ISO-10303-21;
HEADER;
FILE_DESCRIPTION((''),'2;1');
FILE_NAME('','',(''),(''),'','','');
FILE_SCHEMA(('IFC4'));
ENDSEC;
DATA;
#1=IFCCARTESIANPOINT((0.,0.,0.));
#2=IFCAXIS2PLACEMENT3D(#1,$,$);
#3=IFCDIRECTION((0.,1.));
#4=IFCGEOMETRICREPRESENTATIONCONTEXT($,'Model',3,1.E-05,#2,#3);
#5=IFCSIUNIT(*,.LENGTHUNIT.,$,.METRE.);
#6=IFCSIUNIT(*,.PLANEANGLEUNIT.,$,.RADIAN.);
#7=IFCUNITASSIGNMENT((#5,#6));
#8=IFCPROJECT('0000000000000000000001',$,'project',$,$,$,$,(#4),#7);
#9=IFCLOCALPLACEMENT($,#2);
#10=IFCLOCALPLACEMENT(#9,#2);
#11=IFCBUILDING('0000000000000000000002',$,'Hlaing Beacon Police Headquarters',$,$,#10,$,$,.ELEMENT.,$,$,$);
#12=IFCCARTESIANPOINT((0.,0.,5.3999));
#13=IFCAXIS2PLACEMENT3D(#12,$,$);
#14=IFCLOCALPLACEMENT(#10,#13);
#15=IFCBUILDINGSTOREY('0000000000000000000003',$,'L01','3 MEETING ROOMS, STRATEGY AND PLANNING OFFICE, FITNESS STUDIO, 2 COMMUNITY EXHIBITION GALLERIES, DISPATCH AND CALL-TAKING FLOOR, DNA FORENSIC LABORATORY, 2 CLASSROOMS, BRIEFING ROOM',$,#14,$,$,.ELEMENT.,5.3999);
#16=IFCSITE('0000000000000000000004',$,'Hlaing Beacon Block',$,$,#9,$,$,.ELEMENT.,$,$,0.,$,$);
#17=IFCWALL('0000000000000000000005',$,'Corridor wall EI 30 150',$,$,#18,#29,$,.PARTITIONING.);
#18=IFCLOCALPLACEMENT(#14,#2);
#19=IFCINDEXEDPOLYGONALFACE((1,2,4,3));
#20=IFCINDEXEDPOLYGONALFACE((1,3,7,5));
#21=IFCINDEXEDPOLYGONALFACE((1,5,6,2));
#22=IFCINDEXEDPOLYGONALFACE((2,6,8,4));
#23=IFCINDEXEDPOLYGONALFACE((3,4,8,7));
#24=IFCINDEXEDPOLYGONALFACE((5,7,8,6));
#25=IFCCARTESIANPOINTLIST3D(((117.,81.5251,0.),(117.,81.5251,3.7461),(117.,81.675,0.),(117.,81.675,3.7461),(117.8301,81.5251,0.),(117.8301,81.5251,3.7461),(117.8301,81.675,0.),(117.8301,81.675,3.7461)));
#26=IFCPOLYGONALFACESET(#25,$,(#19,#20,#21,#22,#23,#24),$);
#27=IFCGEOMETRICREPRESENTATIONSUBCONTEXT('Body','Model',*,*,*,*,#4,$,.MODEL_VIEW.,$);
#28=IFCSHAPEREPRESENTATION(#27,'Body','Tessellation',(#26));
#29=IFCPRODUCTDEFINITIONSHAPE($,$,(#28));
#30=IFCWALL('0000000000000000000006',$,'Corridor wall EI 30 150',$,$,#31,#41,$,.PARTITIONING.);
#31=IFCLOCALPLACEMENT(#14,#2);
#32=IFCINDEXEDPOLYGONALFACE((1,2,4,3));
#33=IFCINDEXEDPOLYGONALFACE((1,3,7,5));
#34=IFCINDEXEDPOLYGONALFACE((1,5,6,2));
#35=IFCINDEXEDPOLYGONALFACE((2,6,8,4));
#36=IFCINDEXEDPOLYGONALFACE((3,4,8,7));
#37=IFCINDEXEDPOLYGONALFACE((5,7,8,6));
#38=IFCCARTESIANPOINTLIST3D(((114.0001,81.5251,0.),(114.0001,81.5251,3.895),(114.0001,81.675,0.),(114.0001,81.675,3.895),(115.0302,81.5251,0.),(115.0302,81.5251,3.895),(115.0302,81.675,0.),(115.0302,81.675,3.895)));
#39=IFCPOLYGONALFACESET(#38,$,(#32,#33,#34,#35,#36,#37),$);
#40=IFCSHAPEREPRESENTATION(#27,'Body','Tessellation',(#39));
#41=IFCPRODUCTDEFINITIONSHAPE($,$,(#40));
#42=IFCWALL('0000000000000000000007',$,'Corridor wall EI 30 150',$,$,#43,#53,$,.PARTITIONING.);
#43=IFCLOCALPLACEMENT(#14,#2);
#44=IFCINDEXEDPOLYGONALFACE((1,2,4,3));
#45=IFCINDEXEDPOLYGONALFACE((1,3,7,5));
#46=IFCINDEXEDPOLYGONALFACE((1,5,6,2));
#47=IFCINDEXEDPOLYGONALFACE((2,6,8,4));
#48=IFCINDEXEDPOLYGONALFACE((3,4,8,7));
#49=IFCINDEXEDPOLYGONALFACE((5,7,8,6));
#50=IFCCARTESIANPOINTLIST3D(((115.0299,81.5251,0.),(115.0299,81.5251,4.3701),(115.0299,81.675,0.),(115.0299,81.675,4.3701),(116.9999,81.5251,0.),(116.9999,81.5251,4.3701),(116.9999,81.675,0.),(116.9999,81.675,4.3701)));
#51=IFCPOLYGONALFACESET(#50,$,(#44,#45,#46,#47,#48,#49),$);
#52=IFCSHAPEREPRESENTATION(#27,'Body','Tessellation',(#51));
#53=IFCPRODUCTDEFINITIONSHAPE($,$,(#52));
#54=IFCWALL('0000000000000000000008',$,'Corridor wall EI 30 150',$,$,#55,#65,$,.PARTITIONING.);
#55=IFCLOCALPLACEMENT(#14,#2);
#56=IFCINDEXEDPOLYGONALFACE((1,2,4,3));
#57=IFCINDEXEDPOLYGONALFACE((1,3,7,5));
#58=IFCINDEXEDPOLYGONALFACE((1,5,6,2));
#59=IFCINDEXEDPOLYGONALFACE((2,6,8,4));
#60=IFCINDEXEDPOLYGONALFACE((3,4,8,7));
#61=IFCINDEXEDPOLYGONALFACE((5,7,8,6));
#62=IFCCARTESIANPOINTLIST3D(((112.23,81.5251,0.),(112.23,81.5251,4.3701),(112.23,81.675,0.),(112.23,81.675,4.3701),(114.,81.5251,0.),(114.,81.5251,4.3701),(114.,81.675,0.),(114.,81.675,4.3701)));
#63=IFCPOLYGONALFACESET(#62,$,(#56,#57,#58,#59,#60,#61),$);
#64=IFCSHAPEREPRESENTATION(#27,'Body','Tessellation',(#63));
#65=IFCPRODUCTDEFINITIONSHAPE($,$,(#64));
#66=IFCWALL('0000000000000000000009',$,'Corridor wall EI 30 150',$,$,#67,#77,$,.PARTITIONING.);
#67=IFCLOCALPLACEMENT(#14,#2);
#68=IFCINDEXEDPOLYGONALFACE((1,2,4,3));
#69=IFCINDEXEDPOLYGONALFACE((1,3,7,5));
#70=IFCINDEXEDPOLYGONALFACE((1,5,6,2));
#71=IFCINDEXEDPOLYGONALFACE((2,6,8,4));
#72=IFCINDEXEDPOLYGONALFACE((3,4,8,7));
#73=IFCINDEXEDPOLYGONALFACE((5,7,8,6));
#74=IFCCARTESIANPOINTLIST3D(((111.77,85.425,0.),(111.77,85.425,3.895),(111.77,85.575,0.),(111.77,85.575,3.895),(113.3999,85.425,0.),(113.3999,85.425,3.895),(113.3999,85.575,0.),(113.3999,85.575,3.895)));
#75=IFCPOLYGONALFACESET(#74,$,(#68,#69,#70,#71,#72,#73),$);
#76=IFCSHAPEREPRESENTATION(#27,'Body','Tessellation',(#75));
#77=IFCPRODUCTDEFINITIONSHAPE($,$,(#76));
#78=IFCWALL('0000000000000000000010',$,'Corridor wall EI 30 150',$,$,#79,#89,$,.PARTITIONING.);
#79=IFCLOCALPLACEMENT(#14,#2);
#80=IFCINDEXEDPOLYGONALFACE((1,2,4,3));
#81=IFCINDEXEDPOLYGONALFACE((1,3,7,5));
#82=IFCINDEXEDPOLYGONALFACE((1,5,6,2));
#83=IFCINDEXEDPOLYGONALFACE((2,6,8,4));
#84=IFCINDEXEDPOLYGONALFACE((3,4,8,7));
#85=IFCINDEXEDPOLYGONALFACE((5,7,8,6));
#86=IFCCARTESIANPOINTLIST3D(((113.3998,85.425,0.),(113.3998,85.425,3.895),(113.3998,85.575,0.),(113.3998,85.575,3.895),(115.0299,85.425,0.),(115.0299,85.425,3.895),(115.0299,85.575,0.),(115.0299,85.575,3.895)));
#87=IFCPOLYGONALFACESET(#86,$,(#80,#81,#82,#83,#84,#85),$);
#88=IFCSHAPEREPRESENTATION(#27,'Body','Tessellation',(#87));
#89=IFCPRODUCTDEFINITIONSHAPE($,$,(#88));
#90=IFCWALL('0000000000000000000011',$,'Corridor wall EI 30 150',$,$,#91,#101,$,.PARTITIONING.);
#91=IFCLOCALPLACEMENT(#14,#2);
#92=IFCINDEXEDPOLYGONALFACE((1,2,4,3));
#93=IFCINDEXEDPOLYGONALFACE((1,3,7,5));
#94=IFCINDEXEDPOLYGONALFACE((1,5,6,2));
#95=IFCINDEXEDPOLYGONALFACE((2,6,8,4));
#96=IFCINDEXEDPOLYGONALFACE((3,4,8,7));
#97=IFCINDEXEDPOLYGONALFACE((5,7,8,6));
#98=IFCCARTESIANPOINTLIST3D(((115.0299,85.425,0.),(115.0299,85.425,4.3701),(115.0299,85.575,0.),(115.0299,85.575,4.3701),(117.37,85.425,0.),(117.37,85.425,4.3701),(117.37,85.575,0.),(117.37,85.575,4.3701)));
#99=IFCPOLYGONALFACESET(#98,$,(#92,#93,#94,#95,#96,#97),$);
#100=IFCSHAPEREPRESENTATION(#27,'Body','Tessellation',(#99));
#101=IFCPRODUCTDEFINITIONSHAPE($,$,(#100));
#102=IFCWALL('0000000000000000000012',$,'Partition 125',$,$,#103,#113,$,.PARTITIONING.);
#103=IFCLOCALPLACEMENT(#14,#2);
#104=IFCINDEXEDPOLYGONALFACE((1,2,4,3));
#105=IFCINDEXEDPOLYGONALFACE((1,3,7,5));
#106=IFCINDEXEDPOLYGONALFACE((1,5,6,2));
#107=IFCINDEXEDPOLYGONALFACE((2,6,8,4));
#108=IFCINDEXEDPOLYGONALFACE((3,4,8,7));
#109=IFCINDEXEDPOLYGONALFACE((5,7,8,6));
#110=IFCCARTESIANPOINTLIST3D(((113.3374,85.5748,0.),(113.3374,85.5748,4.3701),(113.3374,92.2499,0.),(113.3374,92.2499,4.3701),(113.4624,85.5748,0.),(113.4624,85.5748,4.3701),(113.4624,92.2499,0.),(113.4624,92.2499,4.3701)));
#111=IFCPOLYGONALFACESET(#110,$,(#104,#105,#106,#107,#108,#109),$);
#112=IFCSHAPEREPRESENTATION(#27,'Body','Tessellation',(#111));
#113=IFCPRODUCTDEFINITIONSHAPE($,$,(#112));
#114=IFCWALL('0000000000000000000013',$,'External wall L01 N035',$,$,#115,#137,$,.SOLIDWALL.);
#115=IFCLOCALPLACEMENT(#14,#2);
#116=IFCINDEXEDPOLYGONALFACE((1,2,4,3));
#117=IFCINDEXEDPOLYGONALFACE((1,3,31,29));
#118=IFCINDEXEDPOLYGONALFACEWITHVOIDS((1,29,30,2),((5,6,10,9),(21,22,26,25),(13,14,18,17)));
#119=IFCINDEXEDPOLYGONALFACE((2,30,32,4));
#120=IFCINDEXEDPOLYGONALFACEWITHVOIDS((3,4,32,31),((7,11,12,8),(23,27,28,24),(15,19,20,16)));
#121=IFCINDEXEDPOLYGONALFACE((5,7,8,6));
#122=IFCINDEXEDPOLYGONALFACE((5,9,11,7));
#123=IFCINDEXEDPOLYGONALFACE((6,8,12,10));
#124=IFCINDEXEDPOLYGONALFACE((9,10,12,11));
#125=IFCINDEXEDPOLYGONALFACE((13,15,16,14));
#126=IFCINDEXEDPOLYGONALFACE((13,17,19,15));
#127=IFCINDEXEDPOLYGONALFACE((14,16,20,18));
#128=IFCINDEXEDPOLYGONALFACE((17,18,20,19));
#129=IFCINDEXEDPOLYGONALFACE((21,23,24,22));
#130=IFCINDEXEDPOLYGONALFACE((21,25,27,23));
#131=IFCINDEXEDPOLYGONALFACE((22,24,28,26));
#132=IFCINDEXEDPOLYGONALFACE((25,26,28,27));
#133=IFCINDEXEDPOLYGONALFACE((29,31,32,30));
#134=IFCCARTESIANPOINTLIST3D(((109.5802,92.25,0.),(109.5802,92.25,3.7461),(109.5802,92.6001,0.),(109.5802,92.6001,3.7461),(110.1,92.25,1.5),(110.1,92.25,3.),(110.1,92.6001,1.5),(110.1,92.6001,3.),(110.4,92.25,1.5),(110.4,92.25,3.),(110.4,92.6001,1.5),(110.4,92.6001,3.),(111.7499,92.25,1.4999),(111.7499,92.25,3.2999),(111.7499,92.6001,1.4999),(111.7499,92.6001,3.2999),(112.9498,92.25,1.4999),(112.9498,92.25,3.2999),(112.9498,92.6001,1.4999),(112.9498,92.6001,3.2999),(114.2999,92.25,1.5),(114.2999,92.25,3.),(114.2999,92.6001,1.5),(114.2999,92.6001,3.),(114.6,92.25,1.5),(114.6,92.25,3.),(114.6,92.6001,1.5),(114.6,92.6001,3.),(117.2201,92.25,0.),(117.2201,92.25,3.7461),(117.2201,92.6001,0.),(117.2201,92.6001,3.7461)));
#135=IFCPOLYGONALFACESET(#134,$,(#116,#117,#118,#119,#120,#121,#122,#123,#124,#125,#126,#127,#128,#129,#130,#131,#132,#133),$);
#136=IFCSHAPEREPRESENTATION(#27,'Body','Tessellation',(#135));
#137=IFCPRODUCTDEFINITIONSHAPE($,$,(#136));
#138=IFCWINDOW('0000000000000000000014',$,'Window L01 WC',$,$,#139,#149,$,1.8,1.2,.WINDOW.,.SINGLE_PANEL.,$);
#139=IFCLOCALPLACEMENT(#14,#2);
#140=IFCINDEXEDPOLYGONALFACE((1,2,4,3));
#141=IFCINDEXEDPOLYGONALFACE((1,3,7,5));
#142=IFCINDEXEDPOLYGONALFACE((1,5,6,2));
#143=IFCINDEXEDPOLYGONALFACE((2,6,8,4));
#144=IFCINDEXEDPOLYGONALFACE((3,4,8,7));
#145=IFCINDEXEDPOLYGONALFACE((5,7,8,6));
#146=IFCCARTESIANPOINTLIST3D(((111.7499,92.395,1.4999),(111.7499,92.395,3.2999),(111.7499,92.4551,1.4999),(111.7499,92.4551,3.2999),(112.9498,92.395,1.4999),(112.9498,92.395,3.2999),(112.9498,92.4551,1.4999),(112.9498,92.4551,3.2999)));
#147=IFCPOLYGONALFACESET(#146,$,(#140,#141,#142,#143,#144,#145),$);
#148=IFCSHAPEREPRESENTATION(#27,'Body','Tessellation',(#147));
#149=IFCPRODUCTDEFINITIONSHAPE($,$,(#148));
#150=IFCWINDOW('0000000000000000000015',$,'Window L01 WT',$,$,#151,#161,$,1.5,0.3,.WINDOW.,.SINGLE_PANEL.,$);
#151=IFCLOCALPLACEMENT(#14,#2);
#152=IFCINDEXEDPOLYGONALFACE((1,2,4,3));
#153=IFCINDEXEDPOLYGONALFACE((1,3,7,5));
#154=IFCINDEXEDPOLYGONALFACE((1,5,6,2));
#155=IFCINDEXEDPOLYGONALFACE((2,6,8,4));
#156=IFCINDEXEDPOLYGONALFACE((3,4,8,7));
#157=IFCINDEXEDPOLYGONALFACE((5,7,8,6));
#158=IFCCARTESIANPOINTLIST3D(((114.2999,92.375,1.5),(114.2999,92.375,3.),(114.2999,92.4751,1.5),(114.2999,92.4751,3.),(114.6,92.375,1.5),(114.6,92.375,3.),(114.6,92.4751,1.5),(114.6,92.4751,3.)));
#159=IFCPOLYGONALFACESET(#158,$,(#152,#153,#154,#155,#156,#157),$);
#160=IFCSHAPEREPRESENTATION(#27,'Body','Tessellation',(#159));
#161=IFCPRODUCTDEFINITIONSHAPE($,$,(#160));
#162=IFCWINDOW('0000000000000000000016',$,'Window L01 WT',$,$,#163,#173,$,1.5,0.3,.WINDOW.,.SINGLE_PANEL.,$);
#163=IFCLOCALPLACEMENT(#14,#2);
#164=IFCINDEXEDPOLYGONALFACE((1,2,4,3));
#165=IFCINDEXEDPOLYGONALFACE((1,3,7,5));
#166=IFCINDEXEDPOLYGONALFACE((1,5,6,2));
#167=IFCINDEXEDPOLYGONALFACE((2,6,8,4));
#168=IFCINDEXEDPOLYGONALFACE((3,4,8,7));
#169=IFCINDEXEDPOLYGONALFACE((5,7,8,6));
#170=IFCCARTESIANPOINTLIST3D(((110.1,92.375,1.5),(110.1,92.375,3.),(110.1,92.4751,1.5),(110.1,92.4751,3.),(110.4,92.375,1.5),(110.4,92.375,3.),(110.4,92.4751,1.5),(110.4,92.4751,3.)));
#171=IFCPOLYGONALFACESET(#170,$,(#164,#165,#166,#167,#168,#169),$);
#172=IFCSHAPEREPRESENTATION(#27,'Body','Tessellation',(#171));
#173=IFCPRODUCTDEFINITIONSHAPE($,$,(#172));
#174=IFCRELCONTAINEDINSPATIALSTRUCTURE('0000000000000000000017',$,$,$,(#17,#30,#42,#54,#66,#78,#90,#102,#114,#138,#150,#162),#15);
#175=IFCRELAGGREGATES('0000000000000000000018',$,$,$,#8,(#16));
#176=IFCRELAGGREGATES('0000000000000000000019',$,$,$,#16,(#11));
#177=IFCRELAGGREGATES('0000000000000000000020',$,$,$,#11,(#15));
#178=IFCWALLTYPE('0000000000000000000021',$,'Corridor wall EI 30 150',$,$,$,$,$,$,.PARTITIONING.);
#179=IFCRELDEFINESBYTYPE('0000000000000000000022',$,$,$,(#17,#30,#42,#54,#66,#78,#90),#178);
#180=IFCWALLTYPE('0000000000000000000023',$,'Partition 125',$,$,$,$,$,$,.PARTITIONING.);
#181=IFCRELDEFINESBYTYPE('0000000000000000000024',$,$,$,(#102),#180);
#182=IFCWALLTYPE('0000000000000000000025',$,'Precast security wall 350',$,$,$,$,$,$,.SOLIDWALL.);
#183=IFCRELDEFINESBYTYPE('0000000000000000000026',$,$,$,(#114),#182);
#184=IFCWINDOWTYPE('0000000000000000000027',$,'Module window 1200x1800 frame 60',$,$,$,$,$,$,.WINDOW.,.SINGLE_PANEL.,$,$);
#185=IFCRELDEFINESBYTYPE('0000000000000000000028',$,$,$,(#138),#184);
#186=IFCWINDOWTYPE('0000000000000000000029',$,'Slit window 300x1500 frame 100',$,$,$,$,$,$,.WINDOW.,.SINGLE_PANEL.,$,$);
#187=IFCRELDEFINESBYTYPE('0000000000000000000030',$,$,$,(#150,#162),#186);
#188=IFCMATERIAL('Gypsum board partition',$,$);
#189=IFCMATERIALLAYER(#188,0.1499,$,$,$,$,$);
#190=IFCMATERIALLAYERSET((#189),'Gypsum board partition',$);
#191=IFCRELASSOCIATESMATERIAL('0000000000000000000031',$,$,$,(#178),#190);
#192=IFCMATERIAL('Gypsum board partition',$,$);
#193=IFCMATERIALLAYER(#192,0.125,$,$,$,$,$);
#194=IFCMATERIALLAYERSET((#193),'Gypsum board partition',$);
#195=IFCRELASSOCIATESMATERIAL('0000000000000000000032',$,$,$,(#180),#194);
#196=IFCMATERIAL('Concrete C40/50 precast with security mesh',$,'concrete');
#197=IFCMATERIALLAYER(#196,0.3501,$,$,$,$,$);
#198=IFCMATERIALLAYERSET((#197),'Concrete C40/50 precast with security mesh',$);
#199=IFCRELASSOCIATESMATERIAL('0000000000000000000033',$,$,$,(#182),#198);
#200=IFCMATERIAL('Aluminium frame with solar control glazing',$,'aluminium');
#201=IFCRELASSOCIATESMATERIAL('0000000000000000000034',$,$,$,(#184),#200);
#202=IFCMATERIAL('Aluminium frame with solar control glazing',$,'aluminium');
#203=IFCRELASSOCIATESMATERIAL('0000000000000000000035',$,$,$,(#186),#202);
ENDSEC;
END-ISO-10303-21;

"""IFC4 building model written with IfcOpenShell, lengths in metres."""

from ifc_helpers import new_model, si_unit, direction, frame, frame_2d, origin, place, context, subcontext, project, spatial, rectangle, extrude, material, layer, layer_set, type_object, element, fill, save


model = new_model("IFC4")

# Units and contexts
model_context = context("Model", 3, precision=1e-05, world=origin(), true_north=direction((0.0, 1.0)))
body_context = subcontext(model_context, "Body", "Model", "MODEL_VIEW")
ifc_project = project(units=[si_unit("LENGTHUNIT", "METRE"), si_unit("PLANEANGLEUNIT", "RADIAN")], contexts=[model_context])

# Site, building, storey
site_placement = place(None, origin())
site = spatial("IfcSite", under=ifc_project, at=site_placement, Name="Hlaing Beacon Block", CompositionType="ELEMENT", RefElevation=0.0)
building_placement = place(site_placement, origin())
building = spatial("IfcBuilding", under=site, at=building_placement, Name="Hlaing Beacon Police Headquarters", CompositionType="ELEMENT")
storey_placement = place(building_placement, frame((0.0, 0.0, 5.3999)))
storey = spatial("IfcBuildingStorey", under=building, at=storey_placement, Name="L01", Description="3 MEETING ROOMS, STRATEGY AND PLANNING OFFICE, FITNESS STUDIO, 2 COMMUNITY EXHIBITION GALLERIES, DISPATCH AND CALL-TAKING FLOOR, DNA FORENSIC LABORATORY, 2 CLASSROOMS, BRIEFING ROOM", CompositionType="ELEMENT", Elevation=5.3999)

# Walls
ifc_material_1 = material(Name="Gypsum board partition")
ifc_layer_1 = layer(ifc_material_1, 0.1499)
ifc_layer_set_1 = layer_set([ifc_layer_1], Name="Gypsum board partition")
wall_type_1 = type_object("IfcWallType", Name="Corridor wall EI 30 150", PredefinedType="PARTITIONING", material=ifc_layer_set_1)
wall_1_placement = place(storey_placement, frame((117.0, 81.6001, 0.0), z_axis=(0.0, 0.0, 1.0), x_axis=(1.0, 0.0, 0.0)))
element("IfcWall", 1, at=wall_1_placement, inside=storey, type_object=wall_type_1, Name="Corridor wall EI 30 150", PredefinedType="PARTITIONING", context=body_context, shape_type="SweptSolid", body=[
    extrude(rectangle(XDim=0.8301, YDim=0.1499, at=frame_2d((0.415, 0.0))), origin(), (0.0, 0.0, 1.0), 3.7461),
])
wall_2_placement = place(storey_placement, frame((114.0, 81.6001, 0.0), z_axis=(0.0, 0.0, 1.0), x_axis=(1.0, 0.0, 0.0)))
element("IfcWall", 2, at=wall_2_placement, inside=storey, type_object=wall_type_1, Name="Corridor wall EI 30 150", PredefinedType="PARTITIONING", context=body_context, shape_type="SweptSolid", body=[
    extrude(rectangle(XDim=1.03, YDim=0.1499, at=frame_2d((0.5151, 0.0))), origin(), (0.0, 0.0, 1.0), 3.895),
])
wall_3_placement = place(storey_placement, frame((115.03, 81.6001, 0.0), z_axis=(0.0, 0.0, 1.0), x_axis=(1.0, 0.0, 0.0)))
element("IfcWall", 3, at=wall_3_placement, inside=storey, type_object=wall_type_1, Name="Corridor wall EI 30 150", PredefinedType="PARTITIONING", context=body_context, shape_type="SweptSolid", body=[
    extrude(rectangle(XDim=1.97, YDim=0.1499, at=frame_2d((0.9849, 0.0))), origin(), (0.0, 0.0, 1.0), 4.3701),
])
wall_4_placement = place(storey_placement, frame((112.23, 81.6001, 0.0), z_axis=(0.0, 0.0, 1.0), x_axis=(1.0, 0.0, 0.0)))
element("IfcWall", 4, at=wall_4_placement, inside=storey, type_object=wall_type_1, Name="Corridor wall EI 30 150", PredefinedType="PARTITIONING", context=body_context, shape_type="SweptSolid", body=[
    extrude(rectangle(XDim=1.77, YDim=0.1499, at=frame_2d((0.885, 0.0))), origin(), (0.0, 0.0, 1.0), 4.3701),
])
wall_5_placement = place(storey_placement, frame((111.77, 85.5, 0.0), z_axis=(0.0, 0.0, 1.0), x_axis=(1.0, 0.0, 0.0)))
element("IfcWall", 5, at=wall_5_placement, inside=storey, type_object=wall_type_1, Name="Corridor wall EI 30 150", PredefinedType="PARTITIONING", context=body_context, shape_type="SweptSolid", body=[
    extrude(rectangle(XDim=1.6299, YDim=0.1499, at=frame_2d((0.8149, 0.0))), origin(), (0.0, 0.0, 1.0), 3.895),
])
wall_6_placement = place(storey_placement, frame((113.3999, 85.5, 0.0), z_axis=(0.0, 0.0, 1.0), x_axis=(1.0, 0.0, 0.0)))
element("IfcWall", 6, at=wall_6_placement, inside=storey, type_object=wall_type_1, Name="Corridor wall EI 30 150", PredefinedType="PARTITIONING", context=body_context, shape_type="SweptSolid", body=[
    extrude(rectangle(XDim=1.6301, YDim=0.1499, at=frame_2d((0.8149, 0.0))), origin(), (0.0, 0.0, 1.0), 3.895),
])
wall_7_placement = place(storey_placement, frame((115.03, 85.5, 0.0), z_axis=(0.0, 0.0, 1.0), x_axis=(1.0, 0.0, 0.0)))
element("IfcWall", 7, at=wall_7_placement, inside=storey, type_object=wall_type_1, Name="Corridor wall EI 30 150", PredefinedType="PARTITIONING", context=body_context, shape_type="SweptSolid", body=[
    extrude(rectangle(XDim=2.3401, YDim=0.1499, at=frame_2d((1.1699, 0.0))), origin(), (0.0, 0.0, 1.0), 4.3701),
])
ifc_material_2 = material(Name="Gypsum board partition")
ifc_layer_2 = layer(ifc_material_2, 0.125)
ifc_layer_set_2 = layer_set([ifc_layer_2], Name="Gypsum board partition")
wall_type_2 = type_object("IfcWallType", Name="Partition 125", PredefinedType="PARTITIONING", material=ifc_layer_set_2)
wall_8_placement = place(storey_placement, frame((113.3999, 85.575, 0.0), z_axis=(0.0, 0.0, 1.0), x_axis=(0.0, 1.0, 0.0)))
element("IfcWall", 8, at=wall_8_placement, inside=storey, type_object=wall_type_2, Name="Partition 125", PredefinedType="PARTITIONING", context=body_context, shape_type="SweptSolid", body=[
    extrude(rectangle(XDim=6.675, YDim=0.125, at=frame_2d((3.3374, 0.0))), origin(), (0.0, 0.0, 1.0), 4.3701),
])

# Wall, openings, windows
ifc_material_3 = material(Name="Concrete C40/50 precast with security mesh", Category="concrete")
ifc_layer_3 = layer(ifc_material_3, 0.3501)
ifc_layer_set_3 = layer_set([ifc_layer_3], Name="Concrete C40/50 precast with security mesh")
wall_type_3 = type_object("IfcWallType", Name="Precast security wall 350", PredefinedType="SOLIDWALL", material=ifc_layer_set_3)
wall_9_placement = place(storey_placement, frame((117.22, 92.425, 0.0), z_axis=(0.0, 0.0, 1.0), x_axis=(-1.0, 0.0, 0.0)))
wall_9 = element("IfcWall", 9, at=wall_9_placement, inside=storey, type_object=wall_type_3, Name="External wall L01 N035", PredefinedType="SOLIDWALL", context=body_context, shape_type="SweptSolid", body=[
    extrude(rectangle(XDim=7.6399, YDim=0.3501, at=frame_2d((3.8198, 0.0))), origin(), (0.0, 0.0, 1.0), 3.7461),
])
opening_1_placement = place(wall_9_placement, frame((2.6201, 0.0, 1.5)))
opening_1 = element("IfcOpeningElement", 10, at=opening_1_placement, cuts=wall_9, PredefinedType="OPENING", context=body_context, shape_type="SweptSolid", body=[
    extrude(rectangle(XDim=0.3, YDim=1.5, at=frame_2d((0.1499, 0.75))), frame((0.0, 0.1851, 0.0), z_axis=(0.0, -1.0, 0.0), x_axis=(1.0, 0.0, 0.0)), (0.0, 0.0, 1.0), 0.3701),
])
opening_2_placement = place(wall_9_placement, frame((4.27, 0.0, 1.5)))
opening_2 = element("IfcOpeningElement", 11, at=opening_2_placement, cuts=wall_9, PredefinedType="OPENING", context=body_context, shape_type="SweptSolid", body=[
    extrude(rectangle(XDim=1.2, YDim=1.8, at=frame_2d((0.6001, 0.8999))), frame((0.0, 0.1851, 0.0), z_axis=(0.0, -1.0, 0.0), x_axis=(1.0, 0.0, 0.0)), (0.0, 0.0, 1.0), 0.3701),
])
opening_3_placement = place(wall_9_placement, frame((6.8201, 0.0, 1.5)))
opening_3 = element("IfcOpeningElement", 12, at=opening_3_placement, cuts=wall_9, PredefinedType="OPENING", context=body_context, shape_type="SweptSolid", body=[
    extrude(rectangle(XDim=0.3, YDim=1.5, at=frame_2d((0.1499, 0.75))), frame((0.0, 0.1851, 0.0), z_axis=(0.0, -1.0, 0.0), x_axis=(1.0, 0.0, 0.0)), (0.0, 0.0, 1.0), 0.3701),
])
ifc_material_4 = material(Name="Aluminium frame with solar control glazing", Category="aluminium")
window_type_1 = type_object("IfcWindowType", Name="Module window 1200x1800 frame 60", PartitioningType="SINGLE_PANEL", PredefinedType="WINDOW", material=ifc_material_4)
window_1_placement = place(opening_2_placement, origin())
window_1 = element("IfcWindow", 13, at=window_1_placement, inside=storey, type_object=window_type_1, Name="Window L01 WC", OverallHeight=1.8, OverallWidth=1.2, PartitioningType="SINGLE_PANEL", PredefinedType="WINDOW", context=body_context, shape_type="SweptSolid", body=[
    extrude(rectangle(XDim=1.2, YDim=1.8, at=frame_2d((0.6001, 0.8999))), frame((0.0, 0.03, 0.0), z_axis=(0.0, -1.0, 0.0), x_axis=(1.0, 0.0, 0.0)), (0.0, 0.0, 1.0), 0.0601),
])
fill(opening_2, window_1)
ifc_material_5 = material(Name="Aluminium frame with solar control glazing", Category="aluminium")
window_type_2 = type_object("IfcWindowType", Name="Slit window 300x1500 frame 100", PartitioningType="SINGLE_PANEL", PredefinedType="WINDOW", material=ifc_material_5)
window_2_placement = place(opening_1_placement, origin())
window_2 = element("IfcWindow", 14, at=window_2_placement, inside=storey, type_object=window_type_2, Name="Window L01 WT", OverallHeight=1.5, OverallWidth=0.3, PartitioningType="SINGLE_PANEL", PredefinedType="WINDOW", context=body_context, shape_type="SweptSolid", body=[
    extrude(rectangle(XDim=0.3, YDim=1.5, at=frame_2d((0.1499, 0.75))), frame((0.0, 0.05, 0.0), z_axis=(0.0, -1.0, 0.0), x_axis=(1.0, 0.0, 0.0)), (0.0, 0.0, 1.0), 0.1001),
])
fill(opening_1, window_2)
window_3_placement = place(opening_3_placement, origin())
window_3 = element("IfcWindow", 15, at=window_3_placement, inside=storey, type_object=window_type_2, Name="Window L01 WT", OverallHeight=1.5, OverallWidth=0.3, PartitioningType="SINGLE_PANEL", PredefinedType="WINDOW", context=body_context, shape_type="SweptSolid", body=[
    extrude(rectangle(XDim=0.3, YDim=1.5, at=frame_2d((0.1499, 0.75))), frame((0.0, 0.05, 0.0), z_axis=(0.0, -1.0, 0.0), x_axis=(1.0, 0.0, 0.0)), (0.0, 0.0, 1.0), 0.1001),
])
fill(opening_3, window_3)

save(model, "model.ifc")
